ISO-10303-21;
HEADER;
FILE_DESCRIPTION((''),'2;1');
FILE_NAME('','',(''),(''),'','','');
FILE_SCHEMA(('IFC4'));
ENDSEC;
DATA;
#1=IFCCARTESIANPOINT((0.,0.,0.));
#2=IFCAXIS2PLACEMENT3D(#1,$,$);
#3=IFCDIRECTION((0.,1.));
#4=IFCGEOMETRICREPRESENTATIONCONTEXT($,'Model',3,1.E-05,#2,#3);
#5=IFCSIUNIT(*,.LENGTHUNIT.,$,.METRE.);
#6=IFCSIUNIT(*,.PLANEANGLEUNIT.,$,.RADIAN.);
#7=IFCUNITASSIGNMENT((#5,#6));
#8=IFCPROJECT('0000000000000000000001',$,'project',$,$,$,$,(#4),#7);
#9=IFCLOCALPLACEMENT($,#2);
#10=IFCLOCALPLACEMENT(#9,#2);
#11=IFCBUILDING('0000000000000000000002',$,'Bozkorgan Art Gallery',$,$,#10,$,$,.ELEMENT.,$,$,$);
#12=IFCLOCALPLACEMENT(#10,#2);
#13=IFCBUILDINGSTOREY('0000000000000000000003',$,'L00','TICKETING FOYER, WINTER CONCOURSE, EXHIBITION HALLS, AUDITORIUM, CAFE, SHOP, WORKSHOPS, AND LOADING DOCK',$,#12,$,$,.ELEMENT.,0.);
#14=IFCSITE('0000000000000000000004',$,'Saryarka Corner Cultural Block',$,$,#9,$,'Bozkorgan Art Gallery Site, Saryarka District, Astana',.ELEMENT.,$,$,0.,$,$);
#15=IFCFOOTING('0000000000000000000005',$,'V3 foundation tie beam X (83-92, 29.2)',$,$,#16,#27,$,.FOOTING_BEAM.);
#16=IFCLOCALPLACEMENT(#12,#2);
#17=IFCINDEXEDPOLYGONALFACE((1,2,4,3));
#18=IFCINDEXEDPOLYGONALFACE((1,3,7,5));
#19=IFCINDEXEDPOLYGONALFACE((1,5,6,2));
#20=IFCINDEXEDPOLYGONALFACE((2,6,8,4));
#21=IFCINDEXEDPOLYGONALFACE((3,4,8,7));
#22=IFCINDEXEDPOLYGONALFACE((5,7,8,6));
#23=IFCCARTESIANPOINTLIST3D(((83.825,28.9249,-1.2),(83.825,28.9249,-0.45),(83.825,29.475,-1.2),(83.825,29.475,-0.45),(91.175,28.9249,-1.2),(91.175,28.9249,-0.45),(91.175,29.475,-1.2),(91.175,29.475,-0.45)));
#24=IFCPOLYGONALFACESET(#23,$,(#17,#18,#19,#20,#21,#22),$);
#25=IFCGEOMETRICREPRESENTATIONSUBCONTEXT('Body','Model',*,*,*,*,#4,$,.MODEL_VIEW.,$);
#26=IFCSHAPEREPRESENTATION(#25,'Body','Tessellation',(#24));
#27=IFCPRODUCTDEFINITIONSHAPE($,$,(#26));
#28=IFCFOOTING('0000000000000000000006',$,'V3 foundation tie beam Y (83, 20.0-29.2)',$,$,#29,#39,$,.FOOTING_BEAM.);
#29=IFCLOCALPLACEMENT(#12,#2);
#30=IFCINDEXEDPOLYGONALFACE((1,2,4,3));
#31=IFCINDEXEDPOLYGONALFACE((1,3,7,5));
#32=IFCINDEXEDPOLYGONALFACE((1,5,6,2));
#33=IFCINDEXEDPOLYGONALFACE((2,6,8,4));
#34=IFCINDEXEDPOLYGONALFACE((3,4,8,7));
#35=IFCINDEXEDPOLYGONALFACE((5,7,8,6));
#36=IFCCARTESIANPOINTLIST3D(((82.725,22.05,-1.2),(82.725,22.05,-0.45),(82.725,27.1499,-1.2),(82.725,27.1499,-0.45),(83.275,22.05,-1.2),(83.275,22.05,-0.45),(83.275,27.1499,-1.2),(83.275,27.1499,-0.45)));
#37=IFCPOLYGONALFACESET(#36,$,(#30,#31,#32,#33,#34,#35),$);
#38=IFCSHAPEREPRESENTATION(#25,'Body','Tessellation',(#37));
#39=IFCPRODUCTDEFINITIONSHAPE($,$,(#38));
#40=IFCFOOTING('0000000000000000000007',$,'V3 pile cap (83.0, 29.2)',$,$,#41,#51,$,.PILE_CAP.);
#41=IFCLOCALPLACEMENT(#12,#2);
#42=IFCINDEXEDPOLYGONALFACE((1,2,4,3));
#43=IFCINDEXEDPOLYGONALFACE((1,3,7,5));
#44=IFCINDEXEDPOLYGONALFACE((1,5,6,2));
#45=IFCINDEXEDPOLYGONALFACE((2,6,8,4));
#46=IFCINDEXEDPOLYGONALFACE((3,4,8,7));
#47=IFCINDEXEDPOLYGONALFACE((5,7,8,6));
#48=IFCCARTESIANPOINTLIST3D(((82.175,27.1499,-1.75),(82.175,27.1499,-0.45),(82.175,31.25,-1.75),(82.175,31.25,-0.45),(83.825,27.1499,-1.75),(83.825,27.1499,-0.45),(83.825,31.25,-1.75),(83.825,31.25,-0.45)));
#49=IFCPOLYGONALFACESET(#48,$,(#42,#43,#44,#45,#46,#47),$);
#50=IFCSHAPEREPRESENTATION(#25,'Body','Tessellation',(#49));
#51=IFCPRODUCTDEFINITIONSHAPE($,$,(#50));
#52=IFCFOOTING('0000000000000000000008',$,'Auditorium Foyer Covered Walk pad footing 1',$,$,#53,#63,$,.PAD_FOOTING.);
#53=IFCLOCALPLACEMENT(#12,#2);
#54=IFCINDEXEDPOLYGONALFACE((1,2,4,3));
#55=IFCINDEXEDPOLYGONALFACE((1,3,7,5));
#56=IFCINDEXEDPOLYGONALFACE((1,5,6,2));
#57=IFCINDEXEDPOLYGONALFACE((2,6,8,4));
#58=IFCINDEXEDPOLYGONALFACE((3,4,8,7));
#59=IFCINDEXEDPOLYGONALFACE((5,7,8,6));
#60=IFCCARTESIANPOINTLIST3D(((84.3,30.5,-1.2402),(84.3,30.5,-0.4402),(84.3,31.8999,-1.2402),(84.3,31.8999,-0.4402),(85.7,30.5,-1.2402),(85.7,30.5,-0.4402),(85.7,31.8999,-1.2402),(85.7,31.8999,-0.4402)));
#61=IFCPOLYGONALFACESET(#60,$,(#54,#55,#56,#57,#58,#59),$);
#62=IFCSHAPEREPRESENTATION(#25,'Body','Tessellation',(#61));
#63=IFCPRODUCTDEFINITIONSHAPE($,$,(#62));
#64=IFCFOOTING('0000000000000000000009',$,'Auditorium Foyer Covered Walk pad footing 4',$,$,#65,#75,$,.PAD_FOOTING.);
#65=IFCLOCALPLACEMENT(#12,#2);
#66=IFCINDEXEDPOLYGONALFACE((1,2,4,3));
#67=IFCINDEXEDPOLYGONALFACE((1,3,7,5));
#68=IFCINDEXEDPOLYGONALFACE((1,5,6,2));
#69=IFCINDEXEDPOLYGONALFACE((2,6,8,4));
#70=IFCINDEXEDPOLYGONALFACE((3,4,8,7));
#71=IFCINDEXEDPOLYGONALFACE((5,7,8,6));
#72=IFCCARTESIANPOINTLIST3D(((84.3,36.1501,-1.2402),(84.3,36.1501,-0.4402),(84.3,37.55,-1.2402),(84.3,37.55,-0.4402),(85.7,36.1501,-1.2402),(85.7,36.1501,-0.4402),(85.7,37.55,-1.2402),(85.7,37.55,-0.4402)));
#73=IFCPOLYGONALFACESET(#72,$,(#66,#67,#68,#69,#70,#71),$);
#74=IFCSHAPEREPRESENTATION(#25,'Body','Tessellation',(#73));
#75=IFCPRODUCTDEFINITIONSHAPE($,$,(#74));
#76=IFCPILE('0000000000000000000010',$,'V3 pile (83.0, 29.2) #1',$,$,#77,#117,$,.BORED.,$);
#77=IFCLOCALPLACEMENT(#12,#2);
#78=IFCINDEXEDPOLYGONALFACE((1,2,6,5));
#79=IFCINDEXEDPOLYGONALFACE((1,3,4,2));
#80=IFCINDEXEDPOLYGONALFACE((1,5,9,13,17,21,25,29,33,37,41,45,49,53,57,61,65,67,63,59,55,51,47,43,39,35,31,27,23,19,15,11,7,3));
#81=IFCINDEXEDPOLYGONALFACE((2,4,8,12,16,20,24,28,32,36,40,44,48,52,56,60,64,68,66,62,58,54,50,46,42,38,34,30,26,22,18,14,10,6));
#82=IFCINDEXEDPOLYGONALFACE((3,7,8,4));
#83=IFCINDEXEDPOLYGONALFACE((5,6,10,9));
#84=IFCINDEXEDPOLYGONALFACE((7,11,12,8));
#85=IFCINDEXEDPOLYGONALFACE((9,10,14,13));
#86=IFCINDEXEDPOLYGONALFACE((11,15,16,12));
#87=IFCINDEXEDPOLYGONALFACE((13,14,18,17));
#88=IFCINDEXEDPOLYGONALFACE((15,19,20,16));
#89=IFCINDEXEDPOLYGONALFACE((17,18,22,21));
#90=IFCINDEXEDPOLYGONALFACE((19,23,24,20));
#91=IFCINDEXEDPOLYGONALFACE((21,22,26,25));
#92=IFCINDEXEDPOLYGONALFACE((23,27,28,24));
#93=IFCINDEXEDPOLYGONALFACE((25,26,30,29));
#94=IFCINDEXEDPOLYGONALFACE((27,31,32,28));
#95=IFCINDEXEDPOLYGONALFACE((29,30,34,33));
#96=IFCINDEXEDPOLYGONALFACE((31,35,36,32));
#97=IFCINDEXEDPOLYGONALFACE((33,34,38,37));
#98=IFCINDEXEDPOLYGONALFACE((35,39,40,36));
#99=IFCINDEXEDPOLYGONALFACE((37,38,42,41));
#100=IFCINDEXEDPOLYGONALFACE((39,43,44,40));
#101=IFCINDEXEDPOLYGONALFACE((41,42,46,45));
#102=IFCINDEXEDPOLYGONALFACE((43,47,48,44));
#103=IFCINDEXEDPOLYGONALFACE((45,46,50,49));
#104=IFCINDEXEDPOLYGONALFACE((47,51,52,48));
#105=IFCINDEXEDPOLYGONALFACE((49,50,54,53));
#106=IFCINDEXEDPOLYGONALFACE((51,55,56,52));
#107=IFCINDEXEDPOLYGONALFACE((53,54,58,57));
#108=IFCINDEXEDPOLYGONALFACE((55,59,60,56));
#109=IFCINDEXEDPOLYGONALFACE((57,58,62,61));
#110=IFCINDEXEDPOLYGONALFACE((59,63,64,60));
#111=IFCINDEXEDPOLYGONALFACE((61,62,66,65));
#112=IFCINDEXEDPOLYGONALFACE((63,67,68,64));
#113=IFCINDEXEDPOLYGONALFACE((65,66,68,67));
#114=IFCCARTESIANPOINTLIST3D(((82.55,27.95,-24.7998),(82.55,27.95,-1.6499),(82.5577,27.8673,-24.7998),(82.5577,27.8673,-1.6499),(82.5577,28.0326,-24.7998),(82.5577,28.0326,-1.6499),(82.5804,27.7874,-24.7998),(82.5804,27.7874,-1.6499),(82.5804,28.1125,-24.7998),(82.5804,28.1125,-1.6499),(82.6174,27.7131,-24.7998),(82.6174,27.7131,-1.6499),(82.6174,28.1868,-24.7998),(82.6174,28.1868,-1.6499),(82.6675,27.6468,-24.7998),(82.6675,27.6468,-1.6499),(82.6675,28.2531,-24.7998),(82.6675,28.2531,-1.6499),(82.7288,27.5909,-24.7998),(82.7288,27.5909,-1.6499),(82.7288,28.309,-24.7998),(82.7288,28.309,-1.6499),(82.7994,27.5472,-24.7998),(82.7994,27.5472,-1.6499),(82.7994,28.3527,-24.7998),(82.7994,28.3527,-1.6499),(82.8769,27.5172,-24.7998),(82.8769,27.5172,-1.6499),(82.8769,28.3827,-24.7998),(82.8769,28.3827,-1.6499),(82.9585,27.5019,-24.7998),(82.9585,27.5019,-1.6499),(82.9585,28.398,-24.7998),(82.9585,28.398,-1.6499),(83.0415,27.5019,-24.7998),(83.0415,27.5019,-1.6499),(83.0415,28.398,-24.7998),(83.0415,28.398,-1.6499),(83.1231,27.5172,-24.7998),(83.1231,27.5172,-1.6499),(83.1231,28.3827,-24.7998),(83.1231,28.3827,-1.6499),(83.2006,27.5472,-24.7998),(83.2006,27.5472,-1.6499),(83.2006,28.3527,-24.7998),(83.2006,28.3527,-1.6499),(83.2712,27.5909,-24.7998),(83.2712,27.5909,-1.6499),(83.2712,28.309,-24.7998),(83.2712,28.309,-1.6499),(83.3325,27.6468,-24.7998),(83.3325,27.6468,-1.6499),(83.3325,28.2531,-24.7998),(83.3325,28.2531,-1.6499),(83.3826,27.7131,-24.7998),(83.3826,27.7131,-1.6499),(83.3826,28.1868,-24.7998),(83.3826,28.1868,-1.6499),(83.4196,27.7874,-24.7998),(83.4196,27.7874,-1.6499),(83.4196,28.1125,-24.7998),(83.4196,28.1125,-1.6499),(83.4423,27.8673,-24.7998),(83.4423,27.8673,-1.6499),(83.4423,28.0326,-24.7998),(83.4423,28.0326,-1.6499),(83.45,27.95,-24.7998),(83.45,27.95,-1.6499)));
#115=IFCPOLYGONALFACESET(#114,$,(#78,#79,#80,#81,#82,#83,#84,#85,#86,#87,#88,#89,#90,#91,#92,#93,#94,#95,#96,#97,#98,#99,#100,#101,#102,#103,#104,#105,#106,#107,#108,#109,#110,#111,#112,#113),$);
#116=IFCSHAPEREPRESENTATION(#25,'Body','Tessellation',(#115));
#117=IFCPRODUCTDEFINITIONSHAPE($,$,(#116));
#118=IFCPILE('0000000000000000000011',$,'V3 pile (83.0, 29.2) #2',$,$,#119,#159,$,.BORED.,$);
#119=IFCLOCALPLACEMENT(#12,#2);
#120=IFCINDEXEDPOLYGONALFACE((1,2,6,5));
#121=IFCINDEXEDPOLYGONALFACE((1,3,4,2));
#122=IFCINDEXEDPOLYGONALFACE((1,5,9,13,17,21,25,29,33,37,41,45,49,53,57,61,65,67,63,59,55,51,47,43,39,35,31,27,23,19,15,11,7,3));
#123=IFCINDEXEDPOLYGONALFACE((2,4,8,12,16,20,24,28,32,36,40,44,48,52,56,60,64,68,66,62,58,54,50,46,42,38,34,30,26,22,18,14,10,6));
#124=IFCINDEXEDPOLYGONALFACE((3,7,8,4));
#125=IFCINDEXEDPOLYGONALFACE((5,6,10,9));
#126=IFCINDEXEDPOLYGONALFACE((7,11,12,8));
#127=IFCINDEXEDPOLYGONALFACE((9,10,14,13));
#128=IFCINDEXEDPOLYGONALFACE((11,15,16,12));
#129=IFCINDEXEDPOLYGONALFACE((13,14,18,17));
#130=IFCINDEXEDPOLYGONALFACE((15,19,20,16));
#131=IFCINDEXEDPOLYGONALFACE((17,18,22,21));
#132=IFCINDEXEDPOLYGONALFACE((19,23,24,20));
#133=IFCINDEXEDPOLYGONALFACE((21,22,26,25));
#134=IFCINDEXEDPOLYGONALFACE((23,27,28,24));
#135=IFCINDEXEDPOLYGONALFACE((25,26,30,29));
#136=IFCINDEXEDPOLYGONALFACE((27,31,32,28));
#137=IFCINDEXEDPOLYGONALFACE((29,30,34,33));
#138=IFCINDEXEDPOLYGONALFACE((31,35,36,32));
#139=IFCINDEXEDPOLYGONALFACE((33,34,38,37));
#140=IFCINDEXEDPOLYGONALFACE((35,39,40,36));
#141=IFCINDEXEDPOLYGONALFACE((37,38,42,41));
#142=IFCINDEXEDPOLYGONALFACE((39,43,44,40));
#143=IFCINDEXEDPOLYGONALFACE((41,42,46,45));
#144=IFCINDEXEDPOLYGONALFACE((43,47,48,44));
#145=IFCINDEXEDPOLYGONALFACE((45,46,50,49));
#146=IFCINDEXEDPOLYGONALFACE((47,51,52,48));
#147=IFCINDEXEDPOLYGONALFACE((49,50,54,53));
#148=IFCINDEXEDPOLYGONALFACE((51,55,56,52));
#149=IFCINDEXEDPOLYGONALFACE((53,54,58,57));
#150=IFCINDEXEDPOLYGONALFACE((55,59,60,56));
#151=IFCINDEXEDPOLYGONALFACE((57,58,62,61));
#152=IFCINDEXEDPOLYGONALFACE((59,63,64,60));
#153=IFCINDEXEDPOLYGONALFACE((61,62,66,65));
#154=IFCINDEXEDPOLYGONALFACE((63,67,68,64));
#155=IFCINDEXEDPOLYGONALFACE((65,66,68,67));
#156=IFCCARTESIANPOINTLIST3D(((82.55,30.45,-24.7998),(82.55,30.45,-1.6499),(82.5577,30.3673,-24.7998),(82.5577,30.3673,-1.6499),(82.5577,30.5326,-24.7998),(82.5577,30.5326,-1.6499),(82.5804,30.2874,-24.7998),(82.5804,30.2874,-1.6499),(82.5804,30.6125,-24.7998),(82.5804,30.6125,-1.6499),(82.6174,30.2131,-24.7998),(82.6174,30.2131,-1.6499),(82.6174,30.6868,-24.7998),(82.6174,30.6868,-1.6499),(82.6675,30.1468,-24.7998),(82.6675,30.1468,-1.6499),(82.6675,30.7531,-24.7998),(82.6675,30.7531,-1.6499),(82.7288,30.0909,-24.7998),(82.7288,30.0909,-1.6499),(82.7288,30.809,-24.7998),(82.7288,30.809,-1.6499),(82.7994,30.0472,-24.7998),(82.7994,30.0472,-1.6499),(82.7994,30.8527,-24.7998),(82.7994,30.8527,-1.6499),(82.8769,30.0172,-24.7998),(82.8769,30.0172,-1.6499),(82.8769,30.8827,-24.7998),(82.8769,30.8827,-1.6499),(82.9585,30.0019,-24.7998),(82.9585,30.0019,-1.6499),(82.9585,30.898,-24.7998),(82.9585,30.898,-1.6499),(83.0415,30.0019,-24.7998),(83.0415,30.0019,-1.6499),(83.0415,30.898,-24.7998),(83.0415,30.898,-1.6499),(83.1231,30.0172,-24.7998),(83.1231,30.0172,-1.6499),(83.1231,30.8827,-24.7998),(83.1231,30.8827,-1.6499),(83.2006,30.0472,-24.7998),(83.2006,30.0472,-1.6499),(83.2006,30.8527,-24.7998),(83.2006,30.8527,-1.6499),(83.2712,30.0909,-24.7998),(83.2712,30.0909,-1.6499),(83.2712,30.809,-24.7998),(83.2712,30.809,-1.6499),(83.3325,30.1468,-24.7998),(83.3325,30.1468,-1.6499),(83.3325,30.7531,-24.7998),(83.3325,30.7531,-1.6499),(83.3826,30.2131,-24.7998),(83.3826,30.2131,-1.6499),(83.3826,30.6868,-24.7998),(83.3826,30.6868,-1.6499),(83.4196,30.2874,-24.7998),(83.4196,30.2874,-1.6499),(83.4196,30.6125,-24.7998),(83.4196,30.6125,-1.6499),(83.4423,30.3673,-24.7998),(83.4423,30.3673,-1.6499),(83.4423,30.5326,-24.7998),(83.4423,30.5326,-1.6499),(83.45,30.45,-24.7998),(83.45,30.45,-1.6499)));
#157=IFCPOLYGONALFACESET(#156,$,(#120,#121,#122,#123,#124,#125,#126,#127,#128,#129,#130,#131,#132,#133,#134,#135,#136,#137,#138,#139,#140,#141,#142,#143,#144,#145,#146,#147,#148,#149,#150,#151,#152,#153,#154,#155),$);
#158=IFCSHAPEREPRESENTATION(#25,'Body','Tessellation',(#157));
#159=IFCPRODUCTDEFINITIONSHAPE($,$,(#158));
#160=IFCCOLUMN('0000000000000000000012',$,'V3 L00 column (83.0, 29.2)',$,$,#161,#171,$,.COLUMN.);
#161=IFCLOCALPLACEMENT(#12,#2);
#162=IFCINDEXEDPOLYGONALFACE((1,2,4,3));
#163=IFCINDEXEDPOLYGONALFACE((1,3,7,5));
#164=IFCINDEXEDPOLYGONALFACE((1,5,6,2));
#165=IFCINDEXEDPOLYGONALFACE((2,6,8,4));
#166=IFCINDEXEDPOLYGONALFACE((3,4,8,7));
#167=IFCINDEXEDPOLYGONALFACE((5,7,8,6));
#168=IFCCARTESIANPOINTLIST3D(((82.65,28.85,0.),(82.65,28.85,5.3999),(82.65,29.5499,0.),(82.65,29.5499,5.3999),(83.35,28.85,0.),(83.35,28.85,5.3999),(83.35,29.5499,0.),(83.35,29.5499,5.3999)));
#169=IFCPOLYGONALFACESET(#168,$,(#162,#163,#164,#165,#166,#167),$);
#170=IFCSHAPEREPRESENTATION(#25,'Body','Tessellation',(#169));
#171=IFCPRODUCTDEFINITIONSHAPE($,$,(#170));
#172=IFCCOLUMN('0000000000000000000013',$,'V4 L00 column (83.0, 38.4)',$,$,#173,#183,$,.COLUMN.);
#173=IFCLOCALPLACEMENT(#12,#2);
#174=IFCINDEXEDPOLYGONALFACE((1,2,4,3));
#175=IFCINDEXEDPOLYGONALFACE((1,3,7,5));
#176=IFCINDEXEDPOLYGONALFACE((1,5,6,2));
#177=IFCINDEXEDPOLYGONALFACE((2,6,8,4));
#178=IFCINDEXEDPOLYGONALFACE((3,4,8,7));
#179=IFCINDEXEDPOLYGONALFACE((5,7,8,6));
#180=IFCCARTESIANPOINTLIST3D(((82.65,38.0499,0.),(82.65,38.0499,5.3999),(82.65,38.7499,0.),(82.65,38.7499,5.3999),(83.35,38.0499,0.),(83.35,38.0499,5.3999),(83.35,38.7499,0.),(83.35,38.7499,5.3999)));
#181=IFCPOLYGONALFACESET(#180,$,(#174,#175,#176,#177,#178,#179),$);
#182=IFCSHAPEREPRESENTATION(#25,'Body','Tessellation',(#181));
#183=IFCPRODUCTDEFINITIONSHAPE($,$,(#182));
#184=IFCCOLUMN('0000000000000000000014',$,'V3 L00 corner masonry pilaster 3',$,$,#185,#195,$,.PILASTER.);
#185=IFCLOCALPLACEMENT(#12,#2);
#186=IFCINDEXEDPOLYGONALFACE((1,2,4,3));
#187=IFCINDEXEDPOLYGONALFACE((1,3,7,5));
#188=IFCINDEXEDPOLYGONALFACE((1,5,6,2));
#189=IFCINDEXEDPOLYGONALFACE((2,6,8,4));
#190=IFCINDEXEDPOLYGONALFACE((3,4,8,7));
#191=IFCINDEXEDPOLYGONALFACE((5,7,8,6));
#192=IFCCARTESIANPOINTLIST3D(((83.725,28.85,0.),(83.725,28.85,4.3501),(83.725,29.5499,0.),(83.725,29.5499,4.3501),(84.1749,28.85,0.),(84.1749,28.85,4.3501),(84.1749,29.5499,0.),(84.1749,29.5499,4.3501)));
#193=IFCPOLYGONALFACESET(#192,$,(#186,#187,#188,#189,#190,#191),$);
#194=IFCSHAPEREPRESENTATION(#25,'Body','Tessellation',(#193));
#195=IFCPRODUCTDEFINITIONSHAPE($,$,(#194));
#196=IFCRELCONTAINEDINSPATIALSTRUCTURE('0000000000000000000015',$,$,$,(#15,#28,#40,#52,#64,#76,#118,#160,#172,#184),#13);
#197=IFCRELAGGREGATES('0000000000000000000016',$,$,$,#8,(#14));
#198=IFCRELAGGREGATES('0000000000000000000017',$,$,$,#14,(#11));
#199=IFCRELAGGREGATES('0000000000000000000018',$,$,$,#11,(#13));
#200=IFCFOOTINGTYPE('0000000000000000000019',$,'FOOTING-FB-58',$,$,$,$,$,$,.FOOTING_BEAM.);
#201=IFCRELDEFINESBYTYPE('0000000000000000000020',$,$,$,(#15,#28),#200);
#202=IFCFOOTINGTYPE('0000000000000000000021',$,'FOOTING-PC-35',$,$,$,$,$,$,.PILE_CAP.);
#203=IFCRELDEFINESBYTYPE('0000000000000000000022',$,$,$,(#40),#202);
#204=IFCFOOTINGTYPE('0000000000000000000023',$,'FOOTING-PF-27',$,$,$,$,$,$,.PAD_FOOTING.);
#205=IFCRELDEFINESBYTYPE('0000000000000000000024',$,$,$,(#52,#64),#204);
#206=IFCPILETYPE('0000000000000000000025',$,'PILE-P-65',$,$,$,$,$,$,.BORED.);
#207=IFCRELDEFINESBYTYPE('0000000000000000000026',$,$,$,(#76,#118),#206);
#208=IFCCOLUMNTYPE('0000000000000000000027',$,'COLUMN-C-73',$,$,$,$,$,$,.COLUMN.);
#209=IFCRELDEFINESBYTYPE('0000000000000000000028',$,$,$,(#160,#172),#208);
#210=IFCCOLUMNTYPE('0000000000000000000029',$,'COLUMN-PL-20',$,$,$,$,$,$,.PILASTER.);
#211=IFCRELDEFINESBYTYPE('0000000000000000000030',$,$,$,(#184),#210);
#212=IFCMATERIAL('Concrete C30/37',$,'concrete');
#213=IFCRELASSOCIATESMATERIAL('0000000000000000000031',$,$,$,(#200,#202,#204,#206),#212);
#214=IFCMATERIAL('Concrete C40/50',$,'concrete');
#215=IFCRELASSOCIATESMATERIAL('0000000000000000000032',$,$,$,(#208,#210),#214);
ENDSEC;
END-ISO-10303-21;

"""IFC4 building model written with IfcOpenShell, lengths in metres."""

from ifc_helpers import new_model, si_unit, direction, frame, origin, origin_2d, place, context, subcontext, project, spatial, rectangle, circle, extrude, material, material_profile, profile_set, type_object, element, save


model = new_model("IFC4")

# Units and contexts
model_context = context("Model", 3, precision=1e-05, world=origin(), true_north=direction((0.0, 1.0)))
body_context = subcontext(model_context, "Body", "Model", "MODEL_VIEW")
ifc_project = project(units=[si_unit("LENGTHUNIT", "METRE"), si_unit("PLANEANGLEUNIT", "RADIAN")], contexts=[model_context])

# Site, building, storey
site_placement = place(None, origin())
site = spatial("IfcSite", under=ifc_project, at=site_placement, Name="Saryarka Corner Cultural Block", LongName="Bozkorgan Art Gallery Site, Saryarka District, Astana", CompositionType="ELEMENT", RefElevation=0.0)
building_placement = place(site_placement, origin())
building = spatial("IfcBuilding", under=site, at=building_placement, Name="Bozkorgan Art Gallery", CompositionType="ELEMENT")
storey_placement = place(building_placement, origin())
storey = spatial("IfcBuildingStorey", under=building, at=storey_placement, Name="L00", Description="TICKETING FOYER, WINTER CONCOURSE, EXHIBITION HALLS, AUDITORIUM, CAFE, SHOP, WORKSHOPS, AND LOADING DOCK", CompositionType="ELEMENT", Elevation=0.0)

# Footings
ifc_material_1 = material(Name="Concrete C30/37", Category="concrete")
ifc_material_profile_1 = material_profile(ifc_material_1, rectangle(XDim=0.55, YDim=0.75, at=origin_2d()), Name="FND 550x750")
ifc_profile_set_1 = profile_set([ifc_material_profile_1], Name="Concrete C30/37")
footing_type_1 = type_object("IfcFootingType", Name="FOOTING-FB-58", PredefinedType="FOOTING_BEAM", material=ifc_profile_set_1)
footing_1_placement = place(storey_placement, frame((83.825, 29.2, -0.825), z_axis=(1.0, 0.0, 0.0), x_axis=(0.0, 1.0, 0.0)))
element("IfcFooting", 1, at=footing_1_placement, inside=storey, type_object=footing_type_1, Name="V3 foundation tie beam X (83-92, 29.2)", PredefinedType="FOOTING_BEAM", context=body_context, shape_type="SweptSolid", body=[
    extrude(rectangle(XDim=0.55, YDim=0.75, at=origin_2d()), origin(), (0.0, 0.0, 1.0), 7.3501),
])
footing_2_placement = place(storey_placement, frame((83.0, 22.05, -0.825), z_axis=(0.0, 1.0, 0.0), x_axis=(-1.0, 0.0, 0.0)))
element("IfcFooting", 2, at=footing_2_placement, inside=storey, type_object=footing_type_1, Name="V3 foundation tie beam Y (83, 20.0-29.2)", PredefinedType="FOOTING_BEAM", context=body_context, shape_type="SweptSolid", body=[
    extrude(rectangle(XDim=0.55, YDim=0.75, at=origin_2d()), origin(), (0.0, 0.0, 1.0), 5.0999),
])
footing_type_2 = type_object("IfcFootingType", Name="FOOTING-PC-35", PredefinedType="PILE_CAP", material=ifc_material_1)
footing_3_placement = place(storey_placement, frame((83.0, 29.2, -1.75), z_axis=(0.0, 0.0, 1.0), x_axis=(1.0, 0.0, 0.0)))
element("IfcFooting", 3, at=footing_3_placement, inside=storey, type_object=footing_type_2, Name="V3 pile cap (83.0, 29.2)", PredefinedType="PILE_CAP", context=body_context, shape_type="SweptSolid", body=[
    extrude(rectangle(XDim=1.6499, YDim=4.1001, at=origin_2d()), origin(), (0.0, 0.0, 1.0), 1.3),
])
footing_type_3 = type_object("IfcFootingType", Name="FOOTING-PF-27", PredefinedType="PAD_FOOTING", material=ifc_material_1)
for number, where, z_axis, x_axis, name in (
    (4, (85.0, 31.2, -1.2402), (0.0, 0.0, 1.0), (1.0, 0.0, 0.0), "Auditorium Foyer Covered Walk pad footing 1"),
    (5, (85.0, 36.8501, -1.2402), (0.0, 0.0, 1.0), (1.0, 0.0, 0.0), "Auditorium Foyer Covered Walk pad footing 4"),
):
    element("IfcFooting", number, at=place(storey_placement, frame(where, z_axis=z_axis, x_axis=x_axis)), inside=storey, type_object=footing_type_3, Name=name, PredefinedType="PAD_FOOTING", context=body_context, shape_type="SweptSolid", body=[
        extrude(rectangle(XDim=1.3999, YDim=1.3999, at=origin_2d()), origin(), (0.0, 0.0, 1.0), 0.8),
    ])

# Piles
ifc_material_profile_2 = material_profile(ifc_material_1, circle(Radius=0.45, at=origin_2d()), Name="PILE D900")
ifc_profile_set_2 = profile_set([ifc_material_profile_2], Name="Concrete C30/37")
pile_type = type_object("IfcPileType", Name="PILE-P-65", PredefinedType="BORED", material=ifc_profile_set_2)
for number, where, z_axis, x_axis, name in (
    (6, (83.0, 27.95, -1.6499), (0.0, 0.0, -1.0), (1.0, 0.0, 0.0), "V3 pile (83.0, 29.2) #1"),
    (7, (83.0, 30.45, -1.6499), (0.0, 0.0, -1.0), (1.0, 0.0, 0.0), "V3 pile (83.0, 29.2) #2"),
):
    element("IfcPile", number, at=place(storey_placement, frame(where, z_axis=z_axis, x_axis=x_axis)), inside=storey, type_object=pile_type, Name=name, PredefinedType="BORED", context=body_context, shape_type="SweptSolid", body=[
        extrude(circle(Radius=0.45, at=origin_2d()), origin(), (0.0, 0.0, 1.0), 23.1499),
    ])

# Columns
ifc_material_2 = material(Name="Concrete C40/50", Category="concrete")
ifc_material_profile_3 = material_profile(ifc_material_2, rectangle(XDim=0.7, YDim=0.7, at=origin_2d()), Name="RC 700x700")
ifc_profile_set_3 = profile_set([ifc_material_profile_3], Name="Concrete C40/50")
column_type_1 = type_object("IfcColumnType", Name="COLUMN-C-73", PredefinedType="COLUMN", material=ifc_profile_set_3)
for number, where, z_axis, x_axis, name in (
    (8, (83.0, 29.2, 0.0), (0.0, 0.0, 1.0), (1.0, 0.0, 0.0), "V3 L00 column (83.0, 29.2)"),
    (9, (83.0, 38.3999, 0.0), (0.0, 0.0, 1.0), (1.0, 0.0, 0.0), "V4 L00 column (83.0, 38.4)"),
):
    element("IfcColumn", number, at=place(storey_placement, frame(where, z_axis=z_axis, x_axis=x_axis)), inside=storey, type_object=column_type_1, Name=name, PredefinedType="COLUMN", context=body_context, shape_type="SweptSolid", body=[
        extrude(rectangle(XDim=0.7, YDim=0.7, at=origin_2d()), origin(), (0.0, 0.0, 1.0), 5.3999),
    ])
ifc_material_profile_4 = material_profile(ifc_material_2, rectangle(XDim=0.45, YDim=0.7, at=origin_2d()), Name="RC 450x700")
ifc_profile_set_4 = profile_set([ifc_material_profile_4], Name="Concrete C40/50")
column_type_2 = type_object("IfcColumnType", Name="COLUMN-PL-20", PredefinedType="PILASTER", material=ifc_profile_set_4)
column_placement = place(storey_placement, frame((83.95, 29.2, 0.0), z_axis=(0.0, 0.0, 1.0), x_axis=(1.0, 0.0, 0.0)))
element("IfcColumn", 10, at=column_placement, inside=storey, type_object=column_type_2, Name="V3 L00 corner masonry pilaster 3", PredefinedType="PILASTER", context=body_context, shape_type="SweptSolid", body=[
    extrude(rectangle(XDim=0.45, YDim=0.7, at=origin_2d()), origin(), (0.0, 0.0, 1.0), 4.3501),
])

save(model, "model.ifc")
